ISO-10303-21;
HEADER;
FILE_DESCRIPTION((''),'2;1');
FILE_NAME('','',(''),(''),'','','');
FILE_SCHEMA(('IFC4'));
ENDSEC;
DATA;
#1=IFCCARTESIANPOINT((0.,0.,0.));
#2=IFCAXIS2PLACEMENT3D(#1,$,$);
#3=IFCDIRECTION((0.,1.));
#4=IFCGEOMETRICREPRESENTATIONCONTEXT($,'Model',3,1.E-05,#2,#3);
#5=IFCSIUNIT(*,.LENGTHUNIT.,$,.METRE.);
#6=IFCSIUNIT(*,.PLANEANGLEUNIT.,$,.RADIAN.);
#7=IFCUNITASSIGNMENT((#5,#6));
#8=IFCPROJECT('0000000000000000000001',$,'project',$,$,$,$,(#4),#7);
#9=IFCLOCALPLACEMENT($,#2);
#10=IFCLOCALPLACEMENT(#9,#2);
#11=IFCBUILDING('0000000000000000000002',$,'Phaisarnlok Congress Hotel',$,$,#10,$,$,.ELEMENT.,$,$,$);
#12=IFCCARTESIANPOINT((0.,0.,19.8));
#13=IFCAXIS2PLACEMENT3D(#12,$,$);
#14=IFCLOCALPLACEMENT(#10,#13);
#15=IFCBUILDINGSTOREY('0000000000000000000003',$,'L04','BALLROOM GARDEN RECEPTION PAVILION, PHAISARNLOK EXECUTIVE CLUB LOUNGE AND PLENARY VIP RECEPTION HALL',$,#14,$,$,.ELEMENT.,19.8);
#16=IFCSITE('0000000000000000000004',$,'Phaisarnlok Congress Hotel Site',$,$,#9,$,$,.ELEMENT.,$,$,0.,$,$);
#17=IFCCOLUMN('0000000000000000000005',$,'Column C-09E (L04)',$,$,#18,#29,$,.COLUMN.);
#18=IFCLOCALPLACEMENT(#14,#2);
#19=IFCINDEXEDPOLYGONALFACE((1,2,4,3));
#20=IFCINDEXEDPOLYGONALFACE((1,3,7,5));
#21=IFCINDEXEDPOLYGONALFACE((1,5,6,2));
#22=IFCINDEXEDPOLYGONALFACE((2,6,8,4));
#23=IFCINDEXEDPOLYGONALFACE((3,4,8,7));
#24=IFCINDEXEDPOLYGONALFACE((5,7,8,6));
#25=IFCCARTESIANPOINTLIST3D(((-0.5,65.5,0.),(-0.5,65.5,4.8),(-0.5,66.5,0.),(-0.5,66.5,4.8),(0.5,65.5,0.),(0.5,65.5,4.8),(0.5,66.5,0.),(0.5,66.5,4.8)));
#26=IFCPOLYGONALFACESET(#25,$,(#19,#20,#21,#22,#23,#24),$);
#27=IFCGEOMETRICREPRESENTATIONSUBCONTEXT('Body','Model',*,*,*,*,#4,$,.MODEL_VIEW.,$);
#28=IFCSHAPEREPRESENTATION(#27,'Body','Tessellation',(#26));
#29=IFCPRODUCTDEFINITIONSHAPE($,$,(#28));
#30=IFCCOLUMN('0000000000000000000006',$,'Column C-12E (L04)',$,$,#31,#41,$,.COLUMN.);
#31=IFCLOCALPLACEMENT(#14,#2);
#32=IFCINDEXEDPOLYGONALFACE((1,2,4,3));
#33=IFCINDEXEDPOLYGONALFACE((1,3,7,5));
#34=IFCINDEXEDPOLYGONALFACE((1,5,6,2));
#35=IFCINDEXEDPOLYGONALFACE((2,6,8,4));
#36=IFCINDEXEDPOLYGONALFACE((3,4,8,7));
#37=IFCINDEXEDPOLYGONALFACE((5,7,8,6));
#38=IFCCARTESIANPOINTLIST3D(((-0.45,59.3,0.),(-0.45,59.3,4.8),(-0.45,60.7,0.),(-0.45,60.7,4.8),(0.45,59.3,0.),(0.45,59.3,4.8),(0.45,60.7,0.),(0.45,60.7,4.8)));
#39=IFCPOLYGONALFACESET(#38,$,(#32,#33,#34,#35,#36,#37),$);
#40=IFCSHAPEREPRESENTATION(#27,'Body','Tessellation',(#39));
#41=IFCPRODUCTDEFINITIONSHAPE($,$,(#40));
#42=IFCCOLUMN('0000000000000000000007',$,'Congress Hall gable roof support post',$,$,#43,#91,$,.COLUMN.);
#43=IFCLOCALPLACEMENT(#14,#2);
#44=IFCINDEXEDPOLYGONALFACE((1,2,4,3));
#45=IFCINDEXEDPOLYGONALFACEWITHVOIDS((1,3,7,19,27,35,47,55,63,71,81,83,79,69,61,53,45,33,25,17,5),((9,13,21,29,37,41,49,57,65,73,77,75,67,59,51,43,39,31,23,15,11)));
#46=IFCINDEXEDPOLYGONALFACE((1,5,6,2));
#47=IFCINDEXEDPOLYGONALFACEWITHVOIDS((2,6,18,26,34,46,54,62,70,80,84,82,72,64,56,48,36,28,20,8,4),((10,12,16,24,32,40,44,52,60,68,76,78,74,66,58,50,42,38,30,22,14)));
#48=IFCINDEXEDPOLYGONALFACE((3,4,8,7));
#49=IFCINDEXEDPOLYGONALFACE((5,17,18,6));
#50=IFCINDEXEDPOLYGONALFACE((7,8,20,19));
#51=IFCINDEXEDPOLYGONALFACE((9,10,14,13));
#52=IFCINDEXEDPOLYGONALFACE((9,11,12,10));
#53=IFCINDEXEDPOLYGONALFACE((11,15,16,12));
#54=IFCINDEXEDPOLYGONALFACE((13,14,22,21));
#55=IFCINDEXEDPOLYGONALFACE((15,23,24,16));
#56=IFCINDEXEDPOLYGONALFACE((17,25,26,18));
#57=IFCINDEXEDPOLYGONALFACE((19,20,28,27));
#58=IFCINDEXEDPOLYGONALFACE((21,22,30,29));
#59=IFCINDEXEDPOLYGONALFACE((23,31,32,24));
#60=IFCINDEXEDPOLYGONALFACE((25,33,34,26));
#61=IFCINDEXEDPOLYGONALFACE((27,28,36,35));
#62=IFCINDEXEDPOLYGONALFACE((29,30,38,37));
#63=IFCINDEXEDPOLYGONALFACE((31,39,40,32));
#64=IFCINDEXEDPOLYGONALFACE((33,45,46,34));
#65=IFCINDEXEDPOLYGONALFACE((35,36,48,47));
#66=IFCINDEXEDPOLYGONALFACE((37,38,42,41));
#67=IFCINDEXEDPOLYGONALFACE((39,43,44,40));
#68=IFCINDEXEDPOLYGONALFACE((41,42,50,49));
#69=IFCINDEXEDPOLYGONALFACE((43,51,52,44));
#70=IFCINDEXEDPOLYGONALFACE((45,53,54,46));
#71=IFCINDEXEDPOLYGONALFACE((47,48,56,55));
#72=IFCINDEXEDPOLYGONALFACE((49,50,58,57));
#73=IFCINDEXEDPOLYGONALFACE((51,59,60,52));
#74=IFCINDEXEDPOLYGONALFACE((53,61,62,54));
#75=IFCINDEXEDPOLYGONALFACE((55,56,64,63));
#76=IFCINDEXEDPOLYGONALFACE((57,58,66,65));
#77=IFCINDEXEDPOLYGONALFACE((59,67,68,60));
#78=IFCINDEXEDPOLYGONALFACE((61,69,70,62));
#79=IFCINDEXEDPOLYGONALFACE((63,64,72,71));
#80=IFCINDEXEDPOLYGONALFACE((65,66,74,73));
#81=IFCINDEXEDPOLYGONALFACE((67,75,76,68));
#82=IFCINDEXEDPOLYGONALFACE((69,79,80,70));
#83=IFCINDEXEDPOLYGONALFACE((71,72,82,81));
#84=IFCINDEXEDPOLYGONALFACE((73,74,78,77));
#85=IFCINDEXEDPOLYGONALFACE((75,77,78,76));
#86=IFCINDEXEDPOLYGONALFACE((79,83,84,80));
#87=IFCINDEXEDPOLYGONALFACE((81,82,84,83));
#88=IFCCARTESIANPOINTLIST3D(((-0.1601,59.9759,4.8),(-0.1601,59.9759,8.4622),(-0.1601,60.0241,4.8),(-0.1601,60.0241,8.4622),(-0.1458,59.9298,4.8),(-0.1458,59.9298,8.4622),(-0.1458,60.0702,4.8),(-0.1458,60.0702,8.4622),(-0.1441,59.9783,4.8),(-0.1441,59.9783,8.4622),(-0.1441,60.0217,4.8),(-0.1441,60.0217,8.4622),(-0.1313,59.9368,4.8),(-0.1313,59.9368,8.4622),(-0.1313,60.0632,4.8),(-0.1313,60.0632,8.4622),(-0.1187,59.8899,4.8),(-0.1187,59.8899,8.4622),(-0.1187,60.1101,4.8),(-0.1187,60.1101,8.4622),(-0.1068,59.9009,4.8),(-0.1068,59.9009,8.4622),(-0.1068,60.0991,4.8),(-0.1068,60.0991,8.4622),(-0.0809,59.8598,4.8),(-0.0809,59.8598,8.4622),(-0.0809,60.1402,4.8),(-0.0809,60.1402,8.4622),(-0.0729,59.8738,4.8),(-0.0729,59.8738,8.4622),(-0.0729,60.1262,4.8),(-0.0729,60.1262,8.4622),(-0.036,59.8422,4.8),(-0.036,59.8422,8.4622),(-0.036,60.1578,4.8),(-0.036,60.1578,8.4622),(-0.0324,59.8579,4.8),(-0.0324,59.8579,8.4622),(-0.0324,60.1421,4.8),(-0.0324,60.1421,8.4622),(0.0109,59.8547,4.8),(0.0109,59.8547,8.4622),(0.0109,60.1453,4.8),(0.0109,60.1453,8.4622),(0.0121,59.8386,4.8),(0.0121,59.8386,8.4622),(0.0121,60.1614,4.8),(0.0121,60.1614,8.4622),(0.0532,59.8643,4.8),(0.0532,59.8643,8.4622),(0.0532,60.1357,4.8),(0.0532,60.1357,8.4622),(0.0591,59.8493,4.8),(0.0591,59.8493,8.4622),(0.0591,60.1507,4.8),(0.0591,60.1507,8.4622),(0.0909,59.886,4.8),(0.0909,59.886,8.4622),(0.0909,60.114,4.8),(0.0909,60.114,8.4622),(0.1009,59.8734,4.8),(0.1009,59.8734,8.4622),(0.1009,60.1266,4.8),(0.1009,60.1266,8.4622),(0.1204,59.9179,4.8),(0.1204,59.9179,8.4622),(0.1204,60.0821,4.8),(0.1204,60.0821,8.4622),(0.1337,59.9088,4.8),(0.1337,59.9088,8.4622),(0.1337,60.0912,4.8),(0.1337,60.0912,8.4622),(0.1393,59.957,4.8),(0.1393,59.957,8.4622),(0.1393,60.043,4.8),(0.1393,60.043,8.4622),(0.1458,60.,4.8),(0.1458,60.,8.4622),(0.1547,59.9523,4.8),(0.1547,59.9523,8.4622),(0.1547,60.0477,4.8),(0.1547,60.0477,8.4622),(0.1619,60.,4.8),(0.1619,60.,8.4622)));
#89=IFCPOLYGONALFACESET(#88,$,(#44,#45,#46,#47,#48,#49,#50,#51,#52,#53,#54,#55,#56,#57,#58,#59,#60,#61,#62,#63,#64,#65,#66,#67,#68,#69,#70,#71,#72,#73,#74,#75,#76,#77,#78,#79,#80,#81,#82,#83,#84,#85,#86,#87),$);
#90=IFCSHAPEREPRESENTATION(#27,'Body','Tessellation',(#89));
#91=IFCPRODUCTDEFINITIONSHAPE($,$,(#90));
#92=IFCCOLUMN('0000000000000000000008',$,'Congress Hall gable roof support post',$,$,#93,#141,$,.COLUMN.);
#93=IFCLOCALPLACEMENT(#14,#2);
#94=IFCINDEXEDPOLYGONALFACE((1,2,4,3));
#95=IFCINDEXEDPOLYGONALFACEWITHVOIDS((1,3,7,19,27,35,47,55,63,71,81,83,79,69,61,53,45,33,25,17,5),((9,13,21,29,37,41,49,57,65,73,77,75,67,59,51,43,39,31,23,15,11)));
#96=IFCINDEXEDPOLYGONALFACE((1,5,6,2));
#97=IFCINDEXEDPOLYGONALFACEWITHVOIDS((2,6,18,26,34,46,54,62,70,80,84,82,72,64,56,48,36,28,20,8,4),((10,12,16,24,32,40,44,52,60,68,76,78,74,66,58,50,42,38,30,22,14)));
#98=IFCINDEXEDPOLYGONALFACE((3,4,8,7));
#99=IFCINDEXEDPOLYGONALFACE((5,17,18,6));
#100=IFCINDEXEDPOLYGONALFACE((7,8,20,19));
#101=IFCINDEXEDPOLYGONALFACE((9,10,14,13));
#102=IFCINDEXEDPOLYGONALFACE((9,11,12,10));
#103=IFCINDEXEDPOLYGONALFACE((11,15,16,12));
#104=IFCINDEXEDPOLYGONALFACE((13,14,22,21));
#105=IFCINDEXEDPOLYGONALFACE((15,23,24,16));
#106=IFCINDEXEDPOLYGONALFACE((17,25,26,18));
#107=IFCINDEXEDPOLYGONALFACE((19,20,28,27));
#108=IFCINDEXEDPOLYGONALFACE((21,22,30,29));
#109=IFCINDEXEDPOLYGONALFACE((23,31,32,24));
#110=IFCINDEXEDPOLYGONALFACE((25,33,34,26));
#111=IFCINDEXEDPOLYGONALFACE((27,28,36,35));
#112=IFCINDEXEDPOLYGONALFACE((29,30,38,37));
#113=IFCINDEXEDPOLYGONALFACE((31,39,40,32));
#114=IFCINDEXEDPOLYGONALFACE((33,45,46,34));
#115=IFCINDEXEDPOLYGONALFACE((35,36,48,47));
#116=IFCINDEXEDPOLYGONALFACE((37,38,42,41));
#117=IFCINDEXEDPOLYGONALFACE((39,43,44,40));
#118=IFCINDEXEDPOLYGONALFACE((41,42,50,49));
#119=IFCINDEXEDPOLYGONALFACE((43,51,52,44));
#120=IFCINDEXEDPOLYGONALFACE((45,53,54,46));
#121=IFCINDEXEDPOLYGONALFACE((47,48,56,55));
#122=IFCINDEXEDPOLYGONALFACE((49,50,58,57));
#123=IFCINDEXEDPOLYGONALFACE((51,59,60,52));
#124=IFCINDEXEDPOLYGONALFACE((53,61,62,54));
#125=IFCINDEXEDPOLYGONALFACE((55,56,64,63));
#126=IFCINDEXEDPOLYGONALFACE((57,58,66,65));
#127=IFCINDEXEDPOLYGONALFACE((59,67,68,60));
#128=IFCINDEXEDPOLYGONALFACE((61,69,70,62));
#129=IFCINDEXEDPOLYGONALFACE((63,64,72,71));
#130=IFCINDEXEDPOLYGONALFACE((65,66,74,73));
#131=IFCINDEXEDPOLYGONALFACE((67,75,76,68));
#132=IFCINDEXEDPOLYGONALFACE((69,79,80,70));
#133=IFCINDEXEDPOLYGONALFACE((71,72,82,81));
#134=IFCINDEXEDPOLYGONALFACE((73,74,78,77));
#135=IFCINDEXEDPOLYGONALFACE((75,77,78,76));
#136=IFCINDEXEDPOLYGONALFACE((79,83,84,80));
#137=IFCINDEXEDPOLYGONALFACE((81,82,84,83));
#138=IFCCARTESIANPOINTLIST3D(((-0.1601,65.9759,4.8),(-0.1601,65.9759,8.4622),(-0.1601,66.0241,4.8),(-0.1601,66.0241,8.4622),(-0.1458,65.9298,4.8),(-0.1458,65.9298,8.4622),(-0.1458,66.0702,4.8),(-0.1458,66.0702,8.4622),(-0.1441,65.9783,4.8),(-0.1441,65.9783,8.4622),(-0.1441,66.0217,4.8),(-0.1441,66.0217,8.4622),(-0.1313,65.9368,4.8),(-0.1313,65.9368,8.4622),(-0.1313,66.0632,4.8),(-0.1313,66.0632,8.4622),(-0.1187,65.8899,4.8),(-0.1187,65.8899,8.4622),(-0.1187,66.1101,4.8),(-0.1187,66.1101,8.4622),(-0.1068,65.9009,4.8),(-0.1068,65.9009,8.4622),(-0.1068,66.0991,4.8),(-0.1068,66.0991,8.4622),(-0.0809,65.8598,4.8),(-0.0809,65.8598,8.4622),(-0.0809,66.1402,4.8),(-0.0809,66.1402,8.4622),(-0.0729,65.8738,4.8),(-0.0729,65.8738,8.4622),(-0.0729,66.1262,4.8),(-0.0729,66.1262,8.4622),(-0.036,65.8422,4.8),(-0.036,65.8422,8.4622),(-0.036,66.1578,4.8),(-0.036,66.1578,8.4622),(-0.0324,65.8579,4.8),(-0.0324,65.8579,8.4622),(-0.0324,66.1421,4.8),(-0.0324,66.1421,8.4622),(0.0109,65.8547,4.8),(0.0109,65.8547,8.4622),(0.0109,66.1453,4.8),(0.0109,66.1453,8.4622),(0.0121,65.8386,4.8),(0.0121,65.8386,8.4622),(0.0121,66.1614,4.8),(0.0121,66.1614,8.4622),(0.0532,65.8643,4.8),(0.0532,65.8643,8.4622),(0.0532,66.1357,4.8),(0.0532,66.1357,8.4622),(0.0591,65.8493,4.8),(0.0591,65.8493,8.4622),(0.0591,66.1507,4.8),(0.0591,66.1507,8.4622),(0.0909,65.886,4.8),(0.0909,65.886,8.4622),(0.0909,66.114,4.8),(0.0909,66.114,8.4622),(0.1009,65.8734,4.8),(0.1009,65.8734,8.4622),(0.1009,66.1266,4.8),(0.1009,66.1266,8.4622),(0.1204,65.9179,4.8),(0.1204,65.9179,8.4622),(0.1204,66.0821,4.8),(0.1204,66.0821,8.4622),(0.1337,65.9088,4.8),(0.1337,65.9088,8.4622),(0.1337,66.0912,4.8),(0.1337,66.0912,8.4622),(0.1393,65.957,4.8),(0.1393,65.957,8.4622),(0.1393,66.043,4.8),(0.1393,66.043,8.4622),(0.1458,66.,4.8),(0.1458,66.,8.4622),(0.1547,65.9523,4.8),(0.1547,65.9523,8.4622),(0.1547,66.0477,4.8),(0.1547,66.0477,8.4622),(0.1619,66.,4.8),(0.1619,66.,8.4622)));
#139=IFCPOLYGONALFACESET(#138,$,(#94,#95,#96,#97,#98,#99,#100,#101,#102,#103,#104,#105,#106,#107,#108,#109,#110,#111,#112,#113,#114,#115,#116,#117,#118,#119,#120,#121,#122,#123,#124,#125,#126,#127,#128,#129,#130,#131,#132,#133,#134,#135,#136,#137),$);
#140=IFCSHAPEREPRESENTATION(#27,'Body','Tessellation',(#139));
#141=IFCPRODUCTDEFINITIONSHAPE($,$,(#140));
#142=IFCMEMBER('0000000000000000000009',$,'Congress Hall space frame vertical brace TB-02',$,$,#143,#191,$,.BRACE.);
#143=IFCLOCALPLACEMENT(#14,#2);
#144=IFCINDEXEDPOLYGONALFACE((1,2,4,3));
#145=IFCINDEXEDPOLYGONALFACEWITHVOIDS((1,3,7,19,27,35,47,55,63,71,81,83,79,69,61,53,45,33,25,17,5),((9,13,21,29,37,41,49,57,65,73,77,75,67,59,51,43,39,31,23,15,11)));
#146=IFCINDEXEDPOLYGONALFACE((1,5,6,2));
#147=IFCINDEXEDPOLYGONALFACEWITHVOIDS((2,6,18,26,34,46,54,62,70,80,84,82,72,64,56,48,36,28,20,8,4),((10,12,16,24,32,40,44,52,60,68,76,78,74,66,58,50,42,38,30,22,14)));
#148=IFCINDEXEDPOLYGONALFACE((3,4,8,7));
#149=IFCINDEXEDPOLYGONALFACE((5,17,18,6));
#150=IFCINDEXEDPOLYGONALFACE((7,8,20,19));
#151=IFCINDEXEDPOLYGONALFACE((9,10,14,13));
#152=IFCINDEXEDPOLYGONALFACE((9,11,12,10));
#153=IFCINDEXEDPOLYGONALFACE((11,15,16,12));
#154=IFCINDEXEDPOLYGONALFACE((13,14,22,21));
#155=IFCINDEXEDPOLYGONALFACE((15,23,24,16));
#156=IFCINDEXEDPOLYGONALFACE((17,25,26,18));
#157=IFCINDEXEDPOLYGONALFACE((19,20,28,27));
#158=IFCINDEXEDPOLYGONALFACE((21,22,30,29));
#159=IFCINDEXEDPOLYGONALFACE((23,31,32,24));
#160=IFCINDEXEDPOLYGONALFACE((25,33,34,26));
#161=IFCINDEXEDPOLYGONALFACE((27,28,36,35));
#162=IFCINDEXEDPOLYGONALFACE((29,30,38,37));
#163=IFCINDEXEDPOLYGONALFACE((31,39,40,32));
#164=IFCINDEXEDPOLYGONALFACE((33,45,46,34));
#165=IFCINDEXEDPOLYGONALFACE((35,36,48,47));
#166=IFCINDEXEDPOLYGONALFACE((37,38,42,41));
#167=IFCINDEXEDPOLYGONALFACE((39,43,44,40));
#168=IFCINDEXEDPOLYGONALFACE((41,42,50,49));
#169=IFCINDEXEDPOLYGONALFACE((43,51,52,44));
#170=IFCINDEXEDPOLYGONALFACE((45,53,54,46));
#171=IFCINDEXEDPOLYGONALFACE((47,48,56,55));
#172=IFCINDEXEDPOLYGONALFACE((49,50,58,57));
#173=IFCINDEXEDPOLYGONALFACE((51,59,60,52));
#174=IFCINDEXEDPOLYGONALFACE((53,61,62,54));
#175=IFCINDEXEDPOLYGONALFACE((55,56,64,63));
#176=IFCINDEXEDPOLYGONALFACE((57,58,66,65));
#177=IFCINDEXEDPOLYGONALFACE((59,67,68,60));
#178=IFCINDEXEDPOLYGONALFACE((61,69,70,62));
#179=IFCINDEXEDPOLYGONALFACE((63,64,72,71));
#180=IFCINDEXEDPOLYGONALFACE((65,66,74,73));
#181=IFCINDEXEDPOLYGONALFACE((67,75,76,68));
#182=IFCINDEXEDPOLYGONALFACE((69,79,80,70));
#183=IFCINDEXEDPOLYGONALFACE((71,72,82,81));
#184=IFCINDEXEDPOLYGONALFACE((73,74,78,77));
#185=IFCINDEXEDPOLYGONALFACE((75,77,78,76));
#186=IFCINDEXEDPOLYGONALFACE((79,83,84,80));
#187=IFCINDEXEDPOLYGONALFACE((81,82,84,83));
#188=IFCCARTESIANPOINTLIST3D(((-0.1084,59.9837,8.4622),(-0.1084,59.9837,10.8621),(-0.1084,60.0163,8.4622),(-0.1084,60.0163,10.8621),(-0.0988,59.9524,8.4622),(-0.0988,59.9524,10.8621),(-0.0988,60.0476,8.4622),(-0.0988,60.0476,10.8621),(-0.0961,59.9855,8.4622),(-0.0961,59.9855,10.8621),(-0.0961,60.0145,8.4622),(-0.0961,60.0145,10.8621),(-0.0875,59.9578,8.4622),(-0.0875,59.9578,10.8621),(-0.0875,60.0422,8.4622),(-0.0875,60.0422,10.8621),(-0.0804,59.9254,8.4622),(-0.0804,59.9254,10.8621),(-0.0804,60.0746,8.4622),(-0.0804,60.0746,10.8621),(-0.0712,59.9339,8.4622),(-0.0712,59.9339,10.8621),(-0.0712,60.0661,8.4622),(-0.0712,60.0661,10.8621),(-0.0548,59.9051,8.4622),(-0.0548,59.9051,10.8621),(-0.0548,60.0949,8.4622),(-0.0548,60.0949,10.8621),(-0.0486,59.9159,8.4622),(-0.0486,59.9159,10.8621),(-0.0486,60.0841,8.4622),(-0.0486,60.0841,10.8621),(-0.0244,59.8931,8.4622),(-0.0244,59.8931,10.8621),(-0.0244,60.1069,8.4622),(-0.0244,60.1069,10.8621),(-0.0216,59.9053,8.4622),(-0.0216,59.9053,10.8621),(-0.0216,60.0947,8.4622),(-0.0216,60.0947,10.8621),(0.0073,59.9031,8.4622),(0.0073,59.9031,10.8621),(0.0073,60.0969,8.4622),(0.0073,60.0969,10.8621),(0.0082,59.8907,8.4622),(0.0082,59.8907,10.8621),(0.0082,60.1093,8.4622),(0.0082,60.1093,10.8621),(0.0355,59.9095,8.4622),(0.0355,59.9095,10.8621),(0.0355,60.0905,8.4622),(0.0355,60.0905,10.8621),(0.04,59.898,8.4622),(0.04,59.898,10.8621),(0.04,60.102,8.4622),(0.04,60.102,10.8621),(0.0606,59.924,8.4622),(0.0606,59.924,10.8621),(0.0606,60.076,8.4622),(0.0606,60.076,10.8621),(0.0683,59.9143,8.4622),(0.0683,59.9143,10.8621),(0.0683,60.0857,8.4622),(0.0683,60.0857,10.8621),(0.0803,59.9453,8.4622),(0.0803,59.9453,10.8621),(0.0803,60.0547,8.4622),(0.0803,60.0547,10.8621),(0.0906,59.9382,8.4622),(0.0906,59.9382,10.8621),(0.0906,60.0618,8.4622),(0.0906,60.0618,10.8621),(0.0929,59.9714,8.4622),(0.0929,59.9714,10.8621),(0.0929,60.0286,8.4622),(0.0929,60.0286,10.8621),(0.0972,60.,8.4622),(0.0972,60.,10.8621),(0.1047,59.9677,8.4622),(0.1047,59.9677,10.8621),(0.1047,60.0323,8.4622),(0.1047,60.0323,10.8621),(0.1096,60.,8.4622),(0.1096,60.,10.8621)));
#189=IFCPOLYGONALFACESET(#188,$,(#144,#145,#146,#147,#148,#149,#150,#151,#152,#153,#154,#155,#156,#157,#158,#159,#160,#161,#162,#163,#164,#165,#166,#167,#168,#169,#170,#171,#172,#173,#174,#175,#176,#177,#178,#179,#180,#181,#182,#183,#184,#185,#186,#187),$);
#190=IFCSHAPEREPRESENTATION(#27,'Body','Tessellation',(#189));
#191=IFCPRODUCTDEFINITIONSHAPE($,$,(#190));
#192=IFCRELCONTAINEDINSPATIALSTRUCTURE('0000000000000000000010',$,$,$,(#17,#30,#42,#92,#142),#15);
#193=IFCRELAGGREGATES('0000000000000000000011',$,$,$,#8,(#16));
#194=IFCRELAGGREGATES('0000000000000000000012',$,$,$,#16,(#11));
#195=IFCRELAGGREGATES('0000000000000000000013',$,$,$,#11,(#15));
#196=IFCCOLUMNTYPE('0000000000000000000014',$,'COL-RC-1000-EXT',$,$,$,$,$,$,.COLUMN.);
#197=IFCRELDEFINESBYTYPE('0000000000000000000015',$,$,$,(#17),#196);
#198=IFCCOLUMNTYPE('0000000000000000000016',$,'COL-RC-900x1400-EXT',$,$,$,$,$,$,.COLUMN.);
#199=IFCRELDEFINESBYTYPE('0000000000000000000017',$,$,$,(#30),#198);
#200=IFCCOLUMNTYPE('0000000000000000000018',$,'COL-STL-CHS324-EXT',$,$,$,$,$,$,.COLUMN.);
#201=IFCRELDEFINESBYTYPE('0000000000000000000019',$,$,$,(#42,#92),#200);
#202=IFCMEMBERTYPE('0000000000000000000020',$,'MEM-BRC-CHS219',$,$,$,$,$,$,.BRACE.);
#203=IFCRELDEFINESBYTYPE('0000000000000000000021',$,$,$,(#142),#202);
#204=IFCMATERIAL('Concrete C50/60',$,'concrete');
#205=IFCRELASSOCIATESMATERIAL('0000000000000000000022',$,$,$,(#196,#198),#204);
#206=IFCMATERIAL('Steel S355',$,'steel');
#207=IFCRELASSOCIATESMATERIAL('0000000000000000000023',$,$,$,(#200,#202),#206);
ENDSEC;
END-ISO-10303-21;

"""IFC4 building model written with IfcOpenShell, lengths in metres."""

from ifc_helpers import new_model, si_unit, direction, frame, origin, origin_2d, place, context, subcontext, project, spatial, rectangle, hollow_circle, extrude, material, material_profile, profile_set, type_object, element, save


model = new_model("IFC4")

# Units and contexts
model_context = context("Model", 3, precision=1e-05, world=origin(), true_north=direction((0.0, 1.0)))
body_context = subcontext(model_context, "Body", "Model", "MODEL_VIEW")
ifc_project = project(units=[si_unit("LENGTHUNIT", "METRE"), si_unit("PLANEANGLEUNIT", "RADIAN")], contexts=[model_context])

# Site, building, storey
site_placement = place(None, origin())
site = spatial("IfcSite", under=ifc_project, at=site_placement, Name="Phaisarnlok Congress Hotel Site", CompositionType="ELEMENT", RefElevation=0.0)
building_placement = place(site_placement, origin())
building = spatial("IfcBuilding", under=site, at=building_placement, Name="Phaisarnlok Congress Hotel", CompositionType="ELEMENT")
storey_placement = place(building_placement, frame((0.0, 0.0, 19.8)))
storey = spatial("IfcBuildingStorey", under=building, at=storey_placement, Name="L04", Description="BALLROOM GARDEN RECEPTION PAVILION, PHAISARNLOK EXECUTIVE CLUB LOUNGE AND PLENARY VIP RECEPTION HALL", CompositionType="ELEMENT", Elevation=19.8)

# Columns
ifc_material_1 = material(Name="Concrete C50/60", Category="concrete")
ifc_material_profile_1 = material_profile(ifc_material_1, rectangle(XDim=1.0, YDim=1.0, at=origin_2d()), Name="RC 1000x1000")
ifc_profile_set_1 = profile_set([ifc_material_profile_1], Name="Concrete C50/60")
column_type_1 = type_object("IfcColumnType", Name="COL-RC-1000-EXT", PredefinedType="COLUMN", material=ifc_profile_set_1)
column_1_placement = place(storey_placement, frame((0.0, 66.0, 0.0), z_axis=(0.0, 0.0, 1.0), x_axis=(1.0, 0.0, 0.0)))
element("IfcColumn", 1, at=column_1_placement, inside=storey, type_object=column_type_1, Name="Column C-09E (L04)", PredefinedType="COLUMN", context=body_context, shape_type="SweptSolid", body=[
    extrude(rectangle(XDim=1.0, YDim=1.0, at=origin_2d()), origin(), (0.0, 0.0, 1.0), 4.8),
])
ifc_material_profile_2 = material_profile(ifc_material_1, rectangle(XDim=0.8999, YDim=1.3999, at=origin_2d()), Name="RC 900x1400")
ifc_profile_set_2 = profile_set([ifc_material_profile_2], Name="Concrete C50/60")
column_type_2 = type_object("IfcColumnType", Name="COL-RC-900x1400-EXT", PredefinedType="COLUMN", material=ifc_profile_set_2)
column_2_placement = place(storey_placement, frame((0.0, 60.0, 0.0), z_axis=(0.0, 0.0, 1.0), x_axis=(1.0, 0.0, 0.0)))
element("IfcColumn", 2, at=column_2_placement, inside=storey, type_object=column_type_2, Name="Column C-12E (L04)", PredefinedType="COLUMN", context=body_context, shape_type="SweptSolid", body=[
    extrude(rectangle(XDim=0.8999, YDim=1.3999, at=origin_2d()), origin(), (0.0, 0.0, 1.0), 4.8),
])
ifc_material_2 = material(Name="Steel S355", Category="steel")
ifc_material_profile_3 = material_profile(ifc_material_2, hollow_circle(Radius=0.1619, WallThickness=0.0161, at=origin_2d()), Name="CHS 323.9x16")
ifc_profile_set_3 = profile_set([ifc_material_profile_3], Name="Steel S355")
column_type_3 = type_object("IfcColumnType", Name="COL-STL-CHS324-EXT", PredefinedType="COLUMN", material=ifc_profile_set_3)
for number, where, z_axis, x_axis, name in (
    (3, (0.0, 60.0, 4.8), (0.0, 0.0, 1.0), (1.0, 0.0, 0.0), "Congress Hall gable roof support post"),
    (4, (0.0, 66.0, 4.8), (0.0, 0.0, 1.0), (1.0, 0.0, 0.0), "Congress Hall gable roof support post"),
):
    element("IfcColumn", number, at=place(storey_placement, frame(where, z_axis=z_axis, x_axis=x_axis)), inside=storey, type_object=column_type_3, Name=name, PredefinedType="COLUMN", context=body_context, shape_type="SweptSolid", body=[
        extrude(hollow_circle(Radius=0.1619, WallThickness=0.0161, at=origin_2d()), origin(), (0.0, 0.0, 1.0), 3.6621),
    ])

# Member
ifc_material_profile_4 = material_profile(ifc_material_2, hollow_circle(Radius=0.1096, WallThickness=0.0125, at=origin_2d()), Name="CHS 219.1x12.5")
ifc_profile_set_4 = profile_set([ifc_material_profile_4], Name="Steel S355")
member_type_1 = type_object("IfcMemberType", Name="MEM-BRC-CHS219", PredefinedType="BRACE", material=ifc_profile_set_4)
member_1_placement = place(storey_placement, frame((0.0, 60.0, 8.4622), z_axis=(0.0, 0.0, 1.0), x_axis=(1.0, 0.0, 0.0)))
element("IfcMember", 5, at=member_1_placement, inside=storey, type_object=member_type_1, Name="Congress Hall space frame vertical brace TB-02", PredefinedType="BRACE", context=body_context, shape_type="SweptSolid", body=[
    extrude(hollow_circle(Radius=0.1096, WallThickness=0.0125, at=origin_2d()), origin(), (0.0, 0.0, 1.0), 2.3999),
])

save(model, "model.ifc")
